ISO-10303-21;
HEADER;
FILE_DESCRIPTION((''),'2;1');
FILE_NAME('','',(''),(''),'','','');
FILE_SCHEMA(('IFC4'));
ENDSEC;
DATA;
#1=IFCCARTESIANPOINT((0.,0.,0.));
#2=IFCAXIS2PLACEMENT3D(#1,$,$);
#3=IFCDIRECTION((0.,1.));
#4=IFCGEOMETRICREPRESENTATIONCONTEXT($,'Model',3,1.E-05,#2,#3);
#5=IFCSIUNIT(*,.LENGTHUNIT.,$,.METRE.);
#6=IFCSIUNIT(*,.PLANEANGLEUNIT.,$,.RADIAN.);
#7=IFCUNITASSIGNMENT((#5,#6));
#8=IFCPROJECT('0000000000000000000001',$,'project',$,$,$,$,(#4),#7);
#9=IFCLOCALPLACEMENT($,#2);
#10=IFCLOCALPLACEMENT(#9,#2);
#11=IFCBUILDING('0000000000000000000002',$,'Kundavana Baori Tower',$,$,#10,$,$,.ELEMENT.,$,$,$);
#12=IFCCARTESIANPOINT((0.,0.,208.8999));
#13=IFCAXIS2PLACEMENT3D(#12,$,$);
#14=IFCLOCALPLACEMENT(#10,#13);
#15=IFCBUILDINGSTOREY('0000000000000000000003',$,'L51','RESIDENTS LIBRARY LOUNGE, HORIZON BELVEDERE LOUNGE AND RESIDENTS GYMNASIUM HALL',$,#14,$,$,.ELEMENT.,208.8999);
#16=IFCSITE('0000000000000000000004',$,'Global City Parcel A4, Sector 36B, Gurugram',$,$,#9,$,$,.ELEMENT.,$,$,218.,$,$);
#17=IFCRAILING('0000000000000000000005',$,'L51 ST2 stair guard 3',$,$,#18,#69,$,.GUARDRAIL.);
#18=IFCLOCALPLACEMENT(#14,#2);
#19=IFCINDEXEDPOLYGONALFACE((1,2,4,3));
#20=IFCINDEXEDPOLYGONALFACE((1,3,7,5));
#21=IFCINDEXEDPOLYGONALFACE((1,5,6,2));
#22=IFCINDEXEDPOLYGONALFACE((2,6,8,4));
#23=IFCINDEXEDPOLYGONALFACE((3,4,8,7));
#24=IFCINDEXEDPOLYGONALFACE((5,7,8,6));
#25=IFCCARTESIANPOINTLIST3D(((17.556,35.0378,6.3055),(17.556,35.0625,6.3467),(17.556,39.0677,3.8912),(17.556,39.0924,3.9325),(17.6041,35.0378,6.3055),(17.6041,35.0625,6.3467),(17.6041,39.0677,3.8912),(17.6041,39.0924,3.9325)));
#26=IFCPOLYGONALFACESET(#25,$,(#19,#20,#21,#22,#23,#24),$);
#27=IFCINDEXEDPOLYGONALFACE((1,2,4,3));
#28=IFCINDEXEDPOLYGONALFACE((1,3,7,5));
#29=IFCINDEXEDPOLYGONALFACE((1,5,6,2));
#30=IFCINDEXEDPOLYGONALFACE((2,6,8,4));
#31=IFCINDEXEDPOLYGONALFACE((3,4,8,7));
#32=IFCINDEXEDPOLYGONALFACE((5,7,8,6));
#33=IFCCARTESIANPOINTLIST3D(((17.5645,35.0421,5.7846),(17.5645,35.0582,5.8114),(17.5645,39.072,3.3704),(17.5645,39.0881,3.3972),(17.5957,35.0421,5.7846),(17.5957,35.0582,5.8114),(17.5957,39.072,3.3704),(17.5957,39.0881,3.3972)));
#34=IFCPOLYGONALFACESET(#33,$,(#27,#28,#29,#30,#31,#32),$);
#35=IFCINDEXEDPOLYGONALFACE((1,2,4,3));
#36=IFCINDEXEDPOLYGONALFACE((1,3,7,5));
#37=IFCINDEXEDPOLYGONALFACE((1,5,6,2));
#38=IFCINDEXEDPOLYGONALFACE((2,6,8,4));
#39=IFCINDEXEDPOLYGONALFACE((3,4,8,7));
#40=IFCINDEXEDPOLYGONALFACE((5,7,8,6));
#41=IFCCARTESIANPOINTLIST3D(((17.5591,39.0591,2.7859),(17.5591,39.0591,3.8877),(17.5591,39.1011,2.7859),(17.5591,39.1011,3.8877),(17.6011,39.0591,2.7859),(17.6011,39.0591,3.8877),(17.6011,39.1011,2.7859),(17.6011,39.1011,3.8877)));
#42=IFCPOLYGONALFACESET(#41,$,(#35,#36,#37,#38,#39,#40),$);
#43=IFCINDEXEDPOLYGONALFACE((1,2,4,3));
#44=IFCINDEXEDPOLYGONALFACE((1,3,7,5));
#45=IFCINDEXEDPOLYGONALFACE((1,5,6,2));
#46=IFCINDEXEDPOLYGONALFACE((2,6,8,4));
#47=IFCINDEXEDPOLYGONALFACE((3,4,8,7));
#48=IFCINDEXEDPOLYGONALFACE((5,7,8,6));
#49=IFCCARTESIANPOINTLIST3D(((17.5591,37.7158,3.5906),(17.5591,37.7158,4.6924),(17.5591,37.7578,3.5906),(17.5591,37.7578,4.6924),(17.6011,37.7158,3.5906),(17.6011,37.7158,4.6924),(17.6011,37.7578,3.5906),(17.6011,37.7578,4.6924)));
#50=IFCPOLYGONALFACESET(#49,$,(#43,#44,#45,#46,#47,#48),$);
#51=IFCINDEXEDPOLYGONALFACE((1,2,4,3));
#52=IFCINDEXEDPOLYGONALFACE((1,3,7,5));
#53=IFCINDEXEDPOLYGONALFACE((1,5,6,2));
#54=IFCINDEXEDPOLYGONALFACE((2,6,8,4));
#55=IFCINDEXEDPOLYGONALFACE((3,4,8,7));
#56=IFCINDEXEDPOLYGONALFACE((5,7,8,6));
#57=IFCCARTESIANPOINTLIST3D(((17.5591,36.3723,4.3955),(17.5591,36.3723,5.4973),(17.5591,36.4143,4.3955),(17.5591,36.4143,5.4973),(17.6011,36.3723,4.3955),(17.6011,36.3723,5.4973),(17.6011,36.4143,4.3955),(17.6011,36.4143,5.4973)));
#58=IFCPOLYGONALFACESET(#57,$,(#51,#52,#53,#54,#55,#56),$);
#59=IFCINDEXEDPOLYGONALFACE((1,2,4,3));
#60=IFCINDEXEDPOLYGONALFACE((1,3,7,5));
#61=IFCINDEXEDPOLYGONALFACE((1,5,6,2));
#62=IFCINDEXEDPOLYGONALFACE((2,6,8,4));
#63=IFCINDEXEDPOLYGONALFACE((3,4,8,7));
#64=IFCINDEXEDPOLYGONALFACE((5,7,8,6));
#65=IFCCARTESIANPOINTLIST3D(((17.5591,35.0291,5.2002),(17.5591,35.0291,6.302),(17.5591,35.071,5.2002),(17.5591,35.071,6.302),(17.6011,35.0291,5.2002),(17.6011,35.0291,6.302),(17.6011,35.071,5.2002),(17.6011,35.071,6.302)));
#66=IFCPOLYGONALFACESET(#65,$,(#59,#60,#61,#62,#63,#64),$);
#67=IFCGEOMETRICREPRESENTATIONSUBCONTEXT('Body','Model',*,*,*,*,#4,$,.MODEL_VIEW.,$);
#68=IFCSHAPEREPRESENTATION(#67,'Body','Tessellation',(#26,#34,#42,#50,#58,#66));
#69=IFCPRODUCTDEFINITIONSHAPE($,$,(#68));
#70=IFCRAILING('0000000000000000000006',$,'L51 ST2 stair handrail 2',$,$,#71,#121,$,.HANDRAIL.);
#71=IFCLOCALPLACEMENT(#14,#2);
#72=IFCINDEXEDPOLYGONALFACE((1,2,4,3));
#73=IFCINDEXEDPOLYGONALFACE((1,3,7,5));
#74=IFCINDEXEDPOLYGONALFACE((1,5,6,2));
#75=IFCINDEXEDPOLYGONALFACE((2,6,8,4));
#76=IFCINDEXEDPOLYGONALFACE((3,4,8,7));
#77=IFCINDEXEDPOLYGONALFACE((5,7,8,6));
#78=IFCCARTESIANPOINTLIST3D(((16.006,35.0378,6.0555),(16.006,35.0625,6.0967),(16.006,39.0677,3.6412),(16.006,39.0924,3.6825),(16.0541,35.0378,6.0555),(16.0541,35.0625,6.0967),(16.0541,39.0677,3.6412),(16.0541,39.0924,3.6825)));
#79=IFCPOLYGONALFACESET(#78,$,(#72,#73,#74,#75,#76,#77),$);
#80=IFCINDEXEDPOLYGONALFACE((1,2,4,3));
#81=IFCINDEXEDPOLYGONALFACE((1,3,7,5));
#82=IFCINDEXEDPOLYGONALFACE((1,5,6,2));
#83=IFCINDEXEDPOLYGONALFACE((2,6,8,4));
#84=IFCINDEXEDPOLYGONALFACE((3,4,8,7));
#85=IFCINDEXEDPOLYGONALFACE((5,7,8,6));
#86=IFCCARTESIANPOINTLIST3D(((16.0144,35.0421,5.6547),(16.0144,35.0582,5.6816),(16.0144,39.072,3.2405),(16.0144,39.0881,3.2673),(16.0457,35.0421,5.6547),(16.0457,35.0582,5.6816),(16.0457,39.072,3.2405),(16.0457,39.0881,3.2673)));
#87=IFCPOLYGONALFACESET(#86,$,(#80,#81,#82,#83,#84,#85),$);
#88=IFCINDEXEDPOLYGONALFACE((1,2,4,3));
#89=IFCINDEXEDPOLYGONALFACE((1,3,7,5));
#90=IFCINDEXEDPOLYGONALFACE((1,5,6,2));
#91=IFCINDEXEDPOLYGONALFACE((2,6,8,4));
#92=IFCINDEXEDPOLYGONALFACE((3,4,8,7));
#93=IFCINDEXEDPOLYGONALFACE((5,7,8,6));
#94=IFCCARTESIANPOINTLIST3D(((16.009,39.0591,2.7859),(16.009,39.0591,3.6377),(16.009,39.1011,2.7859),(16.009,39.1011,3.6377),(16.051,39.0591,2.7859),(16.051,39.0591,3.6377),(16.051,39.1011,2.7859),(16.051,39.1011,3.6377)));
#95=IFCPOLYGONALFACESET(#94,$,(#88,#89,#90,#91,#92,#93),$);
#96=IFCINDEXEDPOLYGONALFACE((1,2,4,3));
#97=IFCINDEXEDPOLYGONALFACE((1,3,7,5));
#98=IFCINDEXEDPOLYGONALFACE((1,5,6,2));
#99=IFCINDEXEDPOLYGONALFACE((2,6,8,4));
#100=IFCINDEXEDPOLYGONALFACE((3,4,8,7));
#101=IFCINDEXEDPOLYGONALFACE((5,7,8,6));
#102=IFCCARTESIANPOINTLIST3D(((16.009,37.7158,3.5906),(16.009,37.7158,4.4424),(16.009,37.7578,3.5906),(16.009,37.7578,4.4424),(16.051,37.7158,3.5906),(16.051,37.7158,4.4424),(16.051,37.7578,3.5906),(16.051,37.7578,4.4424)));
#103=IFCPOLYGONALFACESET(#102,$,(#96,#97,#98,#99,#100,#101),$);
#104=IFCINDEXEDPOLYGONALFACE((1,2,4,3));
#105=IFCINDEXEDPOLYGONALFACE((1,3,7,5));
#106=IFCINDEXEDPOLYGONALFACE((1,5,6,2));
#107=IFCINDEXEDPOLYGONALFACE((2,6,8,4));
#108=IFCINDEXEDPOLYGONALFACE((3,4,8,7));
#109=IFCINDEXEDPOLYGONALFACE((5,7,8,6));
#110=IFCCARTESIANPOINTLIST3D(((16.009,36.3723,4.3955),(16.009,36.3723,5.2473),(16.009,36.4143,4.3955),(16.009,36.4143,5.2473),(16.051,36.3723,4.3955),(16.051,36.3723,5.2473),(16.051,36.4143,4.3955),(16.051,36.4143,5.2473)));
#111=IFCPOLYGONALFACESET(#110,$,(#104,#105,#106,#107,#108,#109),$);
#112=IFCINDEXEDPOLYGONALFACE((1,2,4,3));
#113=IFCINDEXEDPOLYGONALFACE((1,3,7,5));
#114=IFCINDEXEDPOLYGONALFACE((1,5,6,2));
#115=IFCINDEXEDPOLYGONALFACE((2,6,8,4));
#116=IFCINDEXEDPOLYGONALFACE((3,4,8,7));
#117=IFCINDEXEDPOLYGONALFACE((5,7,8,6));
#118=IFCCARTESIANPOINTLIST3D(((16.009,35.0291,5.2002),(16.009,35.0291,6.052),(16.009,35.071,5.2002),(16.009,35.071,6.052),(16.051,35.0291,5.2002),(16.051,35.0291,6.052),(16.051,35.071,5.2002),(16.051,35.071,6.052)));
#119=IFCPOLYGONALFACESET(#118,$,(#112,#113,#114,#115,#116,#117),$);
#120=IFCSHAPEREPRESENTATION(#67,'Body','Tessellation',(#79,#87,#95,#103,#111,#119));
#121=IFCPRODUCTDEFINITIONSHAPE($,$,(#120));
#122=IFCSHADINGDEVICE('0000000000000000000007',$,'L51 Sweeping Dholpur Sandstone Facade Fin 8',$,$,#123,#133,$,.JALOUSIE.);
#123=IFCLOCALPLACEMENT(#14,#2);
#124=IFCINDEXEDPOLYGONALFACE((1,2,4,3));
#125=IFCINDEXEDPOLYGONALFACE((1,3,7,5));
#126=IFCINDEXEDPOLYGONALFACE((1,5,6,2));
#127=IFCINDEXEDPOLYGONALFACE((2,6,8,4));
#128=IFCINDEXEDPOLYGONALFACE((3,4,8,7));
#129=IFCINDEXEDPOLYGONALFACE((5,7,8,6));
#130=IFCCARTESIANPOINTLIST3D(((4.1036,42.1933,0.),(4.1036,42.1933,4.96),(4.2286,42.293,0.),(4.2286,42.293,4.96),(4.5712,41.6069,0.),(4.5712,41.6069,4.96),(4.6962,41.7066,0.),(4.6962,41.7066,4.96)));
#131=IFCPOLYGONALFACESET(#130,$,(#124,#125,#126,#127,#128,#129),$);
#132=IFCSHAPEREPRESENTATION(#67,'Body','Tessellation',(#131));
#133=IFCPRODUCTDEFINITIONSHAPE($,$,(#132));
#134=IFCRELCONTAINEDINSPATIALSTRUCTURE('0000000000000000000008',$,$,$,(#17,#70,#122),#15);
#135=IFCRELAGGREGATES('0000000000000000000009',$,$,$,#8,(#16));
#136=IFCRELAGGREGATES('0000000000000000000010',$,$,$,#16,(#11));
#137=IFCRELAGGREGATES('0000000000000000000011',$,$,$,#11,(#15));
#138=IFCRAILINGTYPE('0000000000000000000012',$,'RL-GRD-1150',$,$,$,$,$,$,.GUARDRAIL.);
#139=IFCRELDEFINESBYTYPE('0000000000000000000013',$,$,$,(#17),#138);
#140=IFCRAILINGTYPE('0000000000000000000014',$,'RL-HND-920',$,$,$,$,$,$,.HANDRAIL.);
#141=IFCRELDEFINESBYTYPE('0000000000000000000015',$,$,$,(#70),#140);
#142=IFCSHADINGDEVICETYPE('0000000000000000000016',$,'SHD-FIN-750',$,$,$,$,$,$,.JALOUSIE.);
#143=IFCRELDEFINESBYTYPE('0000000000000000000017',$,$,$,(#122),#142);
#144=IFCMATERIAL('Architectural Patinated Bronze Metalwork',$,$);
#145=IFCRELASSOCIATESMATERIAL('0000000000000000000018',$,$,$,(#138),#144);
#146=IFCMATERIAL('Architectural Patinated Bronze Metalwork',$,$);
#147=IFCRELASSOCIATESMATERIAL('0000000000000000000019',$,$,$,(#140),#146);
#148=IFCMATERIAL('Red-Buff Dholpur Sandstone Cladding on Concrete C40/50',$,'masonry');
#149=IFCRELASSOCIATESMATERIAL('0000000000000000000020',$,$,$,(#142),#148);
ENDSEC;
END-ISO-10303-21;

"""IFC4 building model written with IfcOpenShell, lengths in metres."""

from ifc_helpers import new_model, si_unit, direction, frame, origin, origin_2d, place, context, subcontext, project, spatial, rectangle, extrude, material, type_object, element, save


model = new_model("IFC4")

# Units and contexts
model_context = context("Model", 3, precision=1e-05, world=origin(), true_north=direction((0.0, 1.0)))
body_context = subcontext(model_context, "Body", "Model", "MODEL_VIEW")
ifc_project = project(units=[si_unit("LENGTHUNIT", "METRE"), si_unit("PLANEANGLEUNIT", "RADIAN")], contexts=[model_context])

# Site, building, storey
site_placement = place(None, origin())
site = spatial("IfcSite", under=ifc_project, at=site_placement, Name="Global City Parcel A4, Sector 36B, Gurugram", CompositionType="ELEMENT", RefElevation=218.0)
building_placement = place(site_placement, origin())
building = spatial("IfcBuilding", under=site, at=building_placement, Name="Kundavana Baori Tower", CompositionType="ELEMENT")
storey_placement = place(building_placement, frame((0.0, 0.0, 208.8999)))
storey = spatial("IfcBuildingStorey", under=building, at=storey_placement, Name="L51", Description="RESIDENTS LIBRARY LOUNGE, HORIZON BELVEDERE LOUNGE AND RESIDENTS GYMNASIUM HALL", CompositionType="ELEMENT", Elevation=208.8999)

# Railings
ifc_material_1 = material(Name="Architectural Patinated Bronze Metalwork")
railing_type_1 = type_object("IfcRailingType", Name="RL-GRD-1150", PredefinedType="GUARDRAIL", material=ifc_material_1)
railing_1_placement = place(storey_placement, frame((17.5801, 39.0801, 2.7859)))
element("IfcRailing", 1, at=railing_1_placement, inside=storey, type_object=railing_type_1, Name="L51 ST2 stair guard 3", PredefinedType="GUARDRAIL", context=body_context, shape_type="SweptSolid", body=[
    extrude(rectangle(XDim=0.0481, YDim=0.0481, at=origin_2d()), frame((0.0, 0.0, 1.126), z_axis=(0.0, -0.857841, 0.513915), x_axis=(1.0, 0.0, 0.0)), (0.0, 0.0, 1.0), 4.6978),
    extrude(rectangle(XDim=0.0312, YDim=0.0312, at=origin_2d()), frame((0.0, 0.0, 0.5979), z_axis=(0.0, -0.857841, 0.513915), x_axis=(1.0, 0.0, 0.0)), (0.0, 0.0, 1.0), 4.6978),
    extrude(rectangle(XDim=0.042, YDim=0.042, at=origin_2d()), origin(), (0.0, 0.0, 1.0), 1.1018),
    extrude(rectangle(XDim=0.042, YDim=0.042, at=origin_2d()), frame((0.0, -1.3433, 0.8047)), (0.0, 0.0, 1.0), 1.1018),
    extrude(rectangle(XDim=0.042, YDim=0.042, at=origin_2d()), frame((0.0, -2.6868, 1.6096)), (0.0, 0.0, 1.0), 1.1018),
    extrude(rectangle(XDim=0.042, YDim=0.042, at=origin_2d()), frame((0.0, -4.03, 2.4143)), (0.0, 0.0, 1.0), 1.1018),
])
ifc_material_2 = material(Name="Architectural Patinated Bronze Metalwork")
railing_type_2 = type_object("IfcRailingType", Name="RL-HND-920", PredefinedType="HANDRAIL", material=ifc_material_2)
railing_2_placement = place(storey_placement, frame((16.03, 39.0801, 2.7859)))
element("IfcRailing", 2, at=railing_2_placement, inside=storey, type_object=railing_type_2, Name="L51 ST2 stair handrail 2", PredefinedType="HANDRAIL", context=body_context, shape_type="SweptSolid", body=[
    extrude(rectangle(XDim=0.0481, YDim=0.0481, at=origin_2d()), frame((0.0, 0.0, 0.876), z_axis=(0.0, -0.857841, 0.513915), x_axis=(1.0, 0.0, 0.0)), (0.0, 0.0, 1.0), 4.6978),
    extrude(rectangle(XDim=0.0312, YDim=0.0312, at=origin_2d()), frame((0.0, 0.0, 0.468), z_axis=(0.0, -0.857841, 0.513915), x_axis=(1.0, 0.0, 0.0)), (0.0, 0.0, 1.0), 4.6978),
    extrude(rectangle(XDim=0.042, YDim=0.042, at=origin_2d()), origin(), (0.0, 0.0, 1.0), 0.8518),
    extrude(rectangle(XDim=0.042, YDim=0.042, at=origin_2d()), frame((0.0, -1.3433, 0.8047)), (0.0, 0.0, 1.0), 0.8518),
    extrude(rectangle(XDim=0.042, YDim=0.042, at=origin_2d()), frame((0.0, -2.6868, 1.6096)), (0.0, 0.0, 1.0), 0.8518),
    extrude(rectangle(XDim=0.042, YDim=0.042, at=origin_2d()), frame((0.0, -4.03, 2.4143)), (0.0, 0.0, 1.0), 0.8518),
])

# Shading device
ifc_material_3 = material(Name="Red-Buff Dholpur Sandstone Cladding on Concrete C40/50", Category="masonry")
shading_device_type = type_object("IfcShadingDeviceType", Name="SHD-FIN-750", PredefinedType="JALOUSIE", material=ifc_material_3)
shading_device_placement = place(storey_placement, frame((4.3999, 41.95, 0.0), z_axis=(0.0, 0.0, 1.0), x_axis=(0.781847, 0.62347, 0.0)))
element("IfcShadingDevice", 3, at=shading_device_placement, inside=storey, type_object=shading_device_type, Name="L51 Sweeping Dholpur Sandstone Facade Fin 8", PredefinedType="JALOUSIE", context=body_context, shape_type="SweptSolid", body=[
    extrude(rectangle(XDim=0.1599, YDim=0.75, at=origin_2d()), origin(), (0.0, 0.0, 1.0), 4.96),
])

save(model, "model.ifc")
